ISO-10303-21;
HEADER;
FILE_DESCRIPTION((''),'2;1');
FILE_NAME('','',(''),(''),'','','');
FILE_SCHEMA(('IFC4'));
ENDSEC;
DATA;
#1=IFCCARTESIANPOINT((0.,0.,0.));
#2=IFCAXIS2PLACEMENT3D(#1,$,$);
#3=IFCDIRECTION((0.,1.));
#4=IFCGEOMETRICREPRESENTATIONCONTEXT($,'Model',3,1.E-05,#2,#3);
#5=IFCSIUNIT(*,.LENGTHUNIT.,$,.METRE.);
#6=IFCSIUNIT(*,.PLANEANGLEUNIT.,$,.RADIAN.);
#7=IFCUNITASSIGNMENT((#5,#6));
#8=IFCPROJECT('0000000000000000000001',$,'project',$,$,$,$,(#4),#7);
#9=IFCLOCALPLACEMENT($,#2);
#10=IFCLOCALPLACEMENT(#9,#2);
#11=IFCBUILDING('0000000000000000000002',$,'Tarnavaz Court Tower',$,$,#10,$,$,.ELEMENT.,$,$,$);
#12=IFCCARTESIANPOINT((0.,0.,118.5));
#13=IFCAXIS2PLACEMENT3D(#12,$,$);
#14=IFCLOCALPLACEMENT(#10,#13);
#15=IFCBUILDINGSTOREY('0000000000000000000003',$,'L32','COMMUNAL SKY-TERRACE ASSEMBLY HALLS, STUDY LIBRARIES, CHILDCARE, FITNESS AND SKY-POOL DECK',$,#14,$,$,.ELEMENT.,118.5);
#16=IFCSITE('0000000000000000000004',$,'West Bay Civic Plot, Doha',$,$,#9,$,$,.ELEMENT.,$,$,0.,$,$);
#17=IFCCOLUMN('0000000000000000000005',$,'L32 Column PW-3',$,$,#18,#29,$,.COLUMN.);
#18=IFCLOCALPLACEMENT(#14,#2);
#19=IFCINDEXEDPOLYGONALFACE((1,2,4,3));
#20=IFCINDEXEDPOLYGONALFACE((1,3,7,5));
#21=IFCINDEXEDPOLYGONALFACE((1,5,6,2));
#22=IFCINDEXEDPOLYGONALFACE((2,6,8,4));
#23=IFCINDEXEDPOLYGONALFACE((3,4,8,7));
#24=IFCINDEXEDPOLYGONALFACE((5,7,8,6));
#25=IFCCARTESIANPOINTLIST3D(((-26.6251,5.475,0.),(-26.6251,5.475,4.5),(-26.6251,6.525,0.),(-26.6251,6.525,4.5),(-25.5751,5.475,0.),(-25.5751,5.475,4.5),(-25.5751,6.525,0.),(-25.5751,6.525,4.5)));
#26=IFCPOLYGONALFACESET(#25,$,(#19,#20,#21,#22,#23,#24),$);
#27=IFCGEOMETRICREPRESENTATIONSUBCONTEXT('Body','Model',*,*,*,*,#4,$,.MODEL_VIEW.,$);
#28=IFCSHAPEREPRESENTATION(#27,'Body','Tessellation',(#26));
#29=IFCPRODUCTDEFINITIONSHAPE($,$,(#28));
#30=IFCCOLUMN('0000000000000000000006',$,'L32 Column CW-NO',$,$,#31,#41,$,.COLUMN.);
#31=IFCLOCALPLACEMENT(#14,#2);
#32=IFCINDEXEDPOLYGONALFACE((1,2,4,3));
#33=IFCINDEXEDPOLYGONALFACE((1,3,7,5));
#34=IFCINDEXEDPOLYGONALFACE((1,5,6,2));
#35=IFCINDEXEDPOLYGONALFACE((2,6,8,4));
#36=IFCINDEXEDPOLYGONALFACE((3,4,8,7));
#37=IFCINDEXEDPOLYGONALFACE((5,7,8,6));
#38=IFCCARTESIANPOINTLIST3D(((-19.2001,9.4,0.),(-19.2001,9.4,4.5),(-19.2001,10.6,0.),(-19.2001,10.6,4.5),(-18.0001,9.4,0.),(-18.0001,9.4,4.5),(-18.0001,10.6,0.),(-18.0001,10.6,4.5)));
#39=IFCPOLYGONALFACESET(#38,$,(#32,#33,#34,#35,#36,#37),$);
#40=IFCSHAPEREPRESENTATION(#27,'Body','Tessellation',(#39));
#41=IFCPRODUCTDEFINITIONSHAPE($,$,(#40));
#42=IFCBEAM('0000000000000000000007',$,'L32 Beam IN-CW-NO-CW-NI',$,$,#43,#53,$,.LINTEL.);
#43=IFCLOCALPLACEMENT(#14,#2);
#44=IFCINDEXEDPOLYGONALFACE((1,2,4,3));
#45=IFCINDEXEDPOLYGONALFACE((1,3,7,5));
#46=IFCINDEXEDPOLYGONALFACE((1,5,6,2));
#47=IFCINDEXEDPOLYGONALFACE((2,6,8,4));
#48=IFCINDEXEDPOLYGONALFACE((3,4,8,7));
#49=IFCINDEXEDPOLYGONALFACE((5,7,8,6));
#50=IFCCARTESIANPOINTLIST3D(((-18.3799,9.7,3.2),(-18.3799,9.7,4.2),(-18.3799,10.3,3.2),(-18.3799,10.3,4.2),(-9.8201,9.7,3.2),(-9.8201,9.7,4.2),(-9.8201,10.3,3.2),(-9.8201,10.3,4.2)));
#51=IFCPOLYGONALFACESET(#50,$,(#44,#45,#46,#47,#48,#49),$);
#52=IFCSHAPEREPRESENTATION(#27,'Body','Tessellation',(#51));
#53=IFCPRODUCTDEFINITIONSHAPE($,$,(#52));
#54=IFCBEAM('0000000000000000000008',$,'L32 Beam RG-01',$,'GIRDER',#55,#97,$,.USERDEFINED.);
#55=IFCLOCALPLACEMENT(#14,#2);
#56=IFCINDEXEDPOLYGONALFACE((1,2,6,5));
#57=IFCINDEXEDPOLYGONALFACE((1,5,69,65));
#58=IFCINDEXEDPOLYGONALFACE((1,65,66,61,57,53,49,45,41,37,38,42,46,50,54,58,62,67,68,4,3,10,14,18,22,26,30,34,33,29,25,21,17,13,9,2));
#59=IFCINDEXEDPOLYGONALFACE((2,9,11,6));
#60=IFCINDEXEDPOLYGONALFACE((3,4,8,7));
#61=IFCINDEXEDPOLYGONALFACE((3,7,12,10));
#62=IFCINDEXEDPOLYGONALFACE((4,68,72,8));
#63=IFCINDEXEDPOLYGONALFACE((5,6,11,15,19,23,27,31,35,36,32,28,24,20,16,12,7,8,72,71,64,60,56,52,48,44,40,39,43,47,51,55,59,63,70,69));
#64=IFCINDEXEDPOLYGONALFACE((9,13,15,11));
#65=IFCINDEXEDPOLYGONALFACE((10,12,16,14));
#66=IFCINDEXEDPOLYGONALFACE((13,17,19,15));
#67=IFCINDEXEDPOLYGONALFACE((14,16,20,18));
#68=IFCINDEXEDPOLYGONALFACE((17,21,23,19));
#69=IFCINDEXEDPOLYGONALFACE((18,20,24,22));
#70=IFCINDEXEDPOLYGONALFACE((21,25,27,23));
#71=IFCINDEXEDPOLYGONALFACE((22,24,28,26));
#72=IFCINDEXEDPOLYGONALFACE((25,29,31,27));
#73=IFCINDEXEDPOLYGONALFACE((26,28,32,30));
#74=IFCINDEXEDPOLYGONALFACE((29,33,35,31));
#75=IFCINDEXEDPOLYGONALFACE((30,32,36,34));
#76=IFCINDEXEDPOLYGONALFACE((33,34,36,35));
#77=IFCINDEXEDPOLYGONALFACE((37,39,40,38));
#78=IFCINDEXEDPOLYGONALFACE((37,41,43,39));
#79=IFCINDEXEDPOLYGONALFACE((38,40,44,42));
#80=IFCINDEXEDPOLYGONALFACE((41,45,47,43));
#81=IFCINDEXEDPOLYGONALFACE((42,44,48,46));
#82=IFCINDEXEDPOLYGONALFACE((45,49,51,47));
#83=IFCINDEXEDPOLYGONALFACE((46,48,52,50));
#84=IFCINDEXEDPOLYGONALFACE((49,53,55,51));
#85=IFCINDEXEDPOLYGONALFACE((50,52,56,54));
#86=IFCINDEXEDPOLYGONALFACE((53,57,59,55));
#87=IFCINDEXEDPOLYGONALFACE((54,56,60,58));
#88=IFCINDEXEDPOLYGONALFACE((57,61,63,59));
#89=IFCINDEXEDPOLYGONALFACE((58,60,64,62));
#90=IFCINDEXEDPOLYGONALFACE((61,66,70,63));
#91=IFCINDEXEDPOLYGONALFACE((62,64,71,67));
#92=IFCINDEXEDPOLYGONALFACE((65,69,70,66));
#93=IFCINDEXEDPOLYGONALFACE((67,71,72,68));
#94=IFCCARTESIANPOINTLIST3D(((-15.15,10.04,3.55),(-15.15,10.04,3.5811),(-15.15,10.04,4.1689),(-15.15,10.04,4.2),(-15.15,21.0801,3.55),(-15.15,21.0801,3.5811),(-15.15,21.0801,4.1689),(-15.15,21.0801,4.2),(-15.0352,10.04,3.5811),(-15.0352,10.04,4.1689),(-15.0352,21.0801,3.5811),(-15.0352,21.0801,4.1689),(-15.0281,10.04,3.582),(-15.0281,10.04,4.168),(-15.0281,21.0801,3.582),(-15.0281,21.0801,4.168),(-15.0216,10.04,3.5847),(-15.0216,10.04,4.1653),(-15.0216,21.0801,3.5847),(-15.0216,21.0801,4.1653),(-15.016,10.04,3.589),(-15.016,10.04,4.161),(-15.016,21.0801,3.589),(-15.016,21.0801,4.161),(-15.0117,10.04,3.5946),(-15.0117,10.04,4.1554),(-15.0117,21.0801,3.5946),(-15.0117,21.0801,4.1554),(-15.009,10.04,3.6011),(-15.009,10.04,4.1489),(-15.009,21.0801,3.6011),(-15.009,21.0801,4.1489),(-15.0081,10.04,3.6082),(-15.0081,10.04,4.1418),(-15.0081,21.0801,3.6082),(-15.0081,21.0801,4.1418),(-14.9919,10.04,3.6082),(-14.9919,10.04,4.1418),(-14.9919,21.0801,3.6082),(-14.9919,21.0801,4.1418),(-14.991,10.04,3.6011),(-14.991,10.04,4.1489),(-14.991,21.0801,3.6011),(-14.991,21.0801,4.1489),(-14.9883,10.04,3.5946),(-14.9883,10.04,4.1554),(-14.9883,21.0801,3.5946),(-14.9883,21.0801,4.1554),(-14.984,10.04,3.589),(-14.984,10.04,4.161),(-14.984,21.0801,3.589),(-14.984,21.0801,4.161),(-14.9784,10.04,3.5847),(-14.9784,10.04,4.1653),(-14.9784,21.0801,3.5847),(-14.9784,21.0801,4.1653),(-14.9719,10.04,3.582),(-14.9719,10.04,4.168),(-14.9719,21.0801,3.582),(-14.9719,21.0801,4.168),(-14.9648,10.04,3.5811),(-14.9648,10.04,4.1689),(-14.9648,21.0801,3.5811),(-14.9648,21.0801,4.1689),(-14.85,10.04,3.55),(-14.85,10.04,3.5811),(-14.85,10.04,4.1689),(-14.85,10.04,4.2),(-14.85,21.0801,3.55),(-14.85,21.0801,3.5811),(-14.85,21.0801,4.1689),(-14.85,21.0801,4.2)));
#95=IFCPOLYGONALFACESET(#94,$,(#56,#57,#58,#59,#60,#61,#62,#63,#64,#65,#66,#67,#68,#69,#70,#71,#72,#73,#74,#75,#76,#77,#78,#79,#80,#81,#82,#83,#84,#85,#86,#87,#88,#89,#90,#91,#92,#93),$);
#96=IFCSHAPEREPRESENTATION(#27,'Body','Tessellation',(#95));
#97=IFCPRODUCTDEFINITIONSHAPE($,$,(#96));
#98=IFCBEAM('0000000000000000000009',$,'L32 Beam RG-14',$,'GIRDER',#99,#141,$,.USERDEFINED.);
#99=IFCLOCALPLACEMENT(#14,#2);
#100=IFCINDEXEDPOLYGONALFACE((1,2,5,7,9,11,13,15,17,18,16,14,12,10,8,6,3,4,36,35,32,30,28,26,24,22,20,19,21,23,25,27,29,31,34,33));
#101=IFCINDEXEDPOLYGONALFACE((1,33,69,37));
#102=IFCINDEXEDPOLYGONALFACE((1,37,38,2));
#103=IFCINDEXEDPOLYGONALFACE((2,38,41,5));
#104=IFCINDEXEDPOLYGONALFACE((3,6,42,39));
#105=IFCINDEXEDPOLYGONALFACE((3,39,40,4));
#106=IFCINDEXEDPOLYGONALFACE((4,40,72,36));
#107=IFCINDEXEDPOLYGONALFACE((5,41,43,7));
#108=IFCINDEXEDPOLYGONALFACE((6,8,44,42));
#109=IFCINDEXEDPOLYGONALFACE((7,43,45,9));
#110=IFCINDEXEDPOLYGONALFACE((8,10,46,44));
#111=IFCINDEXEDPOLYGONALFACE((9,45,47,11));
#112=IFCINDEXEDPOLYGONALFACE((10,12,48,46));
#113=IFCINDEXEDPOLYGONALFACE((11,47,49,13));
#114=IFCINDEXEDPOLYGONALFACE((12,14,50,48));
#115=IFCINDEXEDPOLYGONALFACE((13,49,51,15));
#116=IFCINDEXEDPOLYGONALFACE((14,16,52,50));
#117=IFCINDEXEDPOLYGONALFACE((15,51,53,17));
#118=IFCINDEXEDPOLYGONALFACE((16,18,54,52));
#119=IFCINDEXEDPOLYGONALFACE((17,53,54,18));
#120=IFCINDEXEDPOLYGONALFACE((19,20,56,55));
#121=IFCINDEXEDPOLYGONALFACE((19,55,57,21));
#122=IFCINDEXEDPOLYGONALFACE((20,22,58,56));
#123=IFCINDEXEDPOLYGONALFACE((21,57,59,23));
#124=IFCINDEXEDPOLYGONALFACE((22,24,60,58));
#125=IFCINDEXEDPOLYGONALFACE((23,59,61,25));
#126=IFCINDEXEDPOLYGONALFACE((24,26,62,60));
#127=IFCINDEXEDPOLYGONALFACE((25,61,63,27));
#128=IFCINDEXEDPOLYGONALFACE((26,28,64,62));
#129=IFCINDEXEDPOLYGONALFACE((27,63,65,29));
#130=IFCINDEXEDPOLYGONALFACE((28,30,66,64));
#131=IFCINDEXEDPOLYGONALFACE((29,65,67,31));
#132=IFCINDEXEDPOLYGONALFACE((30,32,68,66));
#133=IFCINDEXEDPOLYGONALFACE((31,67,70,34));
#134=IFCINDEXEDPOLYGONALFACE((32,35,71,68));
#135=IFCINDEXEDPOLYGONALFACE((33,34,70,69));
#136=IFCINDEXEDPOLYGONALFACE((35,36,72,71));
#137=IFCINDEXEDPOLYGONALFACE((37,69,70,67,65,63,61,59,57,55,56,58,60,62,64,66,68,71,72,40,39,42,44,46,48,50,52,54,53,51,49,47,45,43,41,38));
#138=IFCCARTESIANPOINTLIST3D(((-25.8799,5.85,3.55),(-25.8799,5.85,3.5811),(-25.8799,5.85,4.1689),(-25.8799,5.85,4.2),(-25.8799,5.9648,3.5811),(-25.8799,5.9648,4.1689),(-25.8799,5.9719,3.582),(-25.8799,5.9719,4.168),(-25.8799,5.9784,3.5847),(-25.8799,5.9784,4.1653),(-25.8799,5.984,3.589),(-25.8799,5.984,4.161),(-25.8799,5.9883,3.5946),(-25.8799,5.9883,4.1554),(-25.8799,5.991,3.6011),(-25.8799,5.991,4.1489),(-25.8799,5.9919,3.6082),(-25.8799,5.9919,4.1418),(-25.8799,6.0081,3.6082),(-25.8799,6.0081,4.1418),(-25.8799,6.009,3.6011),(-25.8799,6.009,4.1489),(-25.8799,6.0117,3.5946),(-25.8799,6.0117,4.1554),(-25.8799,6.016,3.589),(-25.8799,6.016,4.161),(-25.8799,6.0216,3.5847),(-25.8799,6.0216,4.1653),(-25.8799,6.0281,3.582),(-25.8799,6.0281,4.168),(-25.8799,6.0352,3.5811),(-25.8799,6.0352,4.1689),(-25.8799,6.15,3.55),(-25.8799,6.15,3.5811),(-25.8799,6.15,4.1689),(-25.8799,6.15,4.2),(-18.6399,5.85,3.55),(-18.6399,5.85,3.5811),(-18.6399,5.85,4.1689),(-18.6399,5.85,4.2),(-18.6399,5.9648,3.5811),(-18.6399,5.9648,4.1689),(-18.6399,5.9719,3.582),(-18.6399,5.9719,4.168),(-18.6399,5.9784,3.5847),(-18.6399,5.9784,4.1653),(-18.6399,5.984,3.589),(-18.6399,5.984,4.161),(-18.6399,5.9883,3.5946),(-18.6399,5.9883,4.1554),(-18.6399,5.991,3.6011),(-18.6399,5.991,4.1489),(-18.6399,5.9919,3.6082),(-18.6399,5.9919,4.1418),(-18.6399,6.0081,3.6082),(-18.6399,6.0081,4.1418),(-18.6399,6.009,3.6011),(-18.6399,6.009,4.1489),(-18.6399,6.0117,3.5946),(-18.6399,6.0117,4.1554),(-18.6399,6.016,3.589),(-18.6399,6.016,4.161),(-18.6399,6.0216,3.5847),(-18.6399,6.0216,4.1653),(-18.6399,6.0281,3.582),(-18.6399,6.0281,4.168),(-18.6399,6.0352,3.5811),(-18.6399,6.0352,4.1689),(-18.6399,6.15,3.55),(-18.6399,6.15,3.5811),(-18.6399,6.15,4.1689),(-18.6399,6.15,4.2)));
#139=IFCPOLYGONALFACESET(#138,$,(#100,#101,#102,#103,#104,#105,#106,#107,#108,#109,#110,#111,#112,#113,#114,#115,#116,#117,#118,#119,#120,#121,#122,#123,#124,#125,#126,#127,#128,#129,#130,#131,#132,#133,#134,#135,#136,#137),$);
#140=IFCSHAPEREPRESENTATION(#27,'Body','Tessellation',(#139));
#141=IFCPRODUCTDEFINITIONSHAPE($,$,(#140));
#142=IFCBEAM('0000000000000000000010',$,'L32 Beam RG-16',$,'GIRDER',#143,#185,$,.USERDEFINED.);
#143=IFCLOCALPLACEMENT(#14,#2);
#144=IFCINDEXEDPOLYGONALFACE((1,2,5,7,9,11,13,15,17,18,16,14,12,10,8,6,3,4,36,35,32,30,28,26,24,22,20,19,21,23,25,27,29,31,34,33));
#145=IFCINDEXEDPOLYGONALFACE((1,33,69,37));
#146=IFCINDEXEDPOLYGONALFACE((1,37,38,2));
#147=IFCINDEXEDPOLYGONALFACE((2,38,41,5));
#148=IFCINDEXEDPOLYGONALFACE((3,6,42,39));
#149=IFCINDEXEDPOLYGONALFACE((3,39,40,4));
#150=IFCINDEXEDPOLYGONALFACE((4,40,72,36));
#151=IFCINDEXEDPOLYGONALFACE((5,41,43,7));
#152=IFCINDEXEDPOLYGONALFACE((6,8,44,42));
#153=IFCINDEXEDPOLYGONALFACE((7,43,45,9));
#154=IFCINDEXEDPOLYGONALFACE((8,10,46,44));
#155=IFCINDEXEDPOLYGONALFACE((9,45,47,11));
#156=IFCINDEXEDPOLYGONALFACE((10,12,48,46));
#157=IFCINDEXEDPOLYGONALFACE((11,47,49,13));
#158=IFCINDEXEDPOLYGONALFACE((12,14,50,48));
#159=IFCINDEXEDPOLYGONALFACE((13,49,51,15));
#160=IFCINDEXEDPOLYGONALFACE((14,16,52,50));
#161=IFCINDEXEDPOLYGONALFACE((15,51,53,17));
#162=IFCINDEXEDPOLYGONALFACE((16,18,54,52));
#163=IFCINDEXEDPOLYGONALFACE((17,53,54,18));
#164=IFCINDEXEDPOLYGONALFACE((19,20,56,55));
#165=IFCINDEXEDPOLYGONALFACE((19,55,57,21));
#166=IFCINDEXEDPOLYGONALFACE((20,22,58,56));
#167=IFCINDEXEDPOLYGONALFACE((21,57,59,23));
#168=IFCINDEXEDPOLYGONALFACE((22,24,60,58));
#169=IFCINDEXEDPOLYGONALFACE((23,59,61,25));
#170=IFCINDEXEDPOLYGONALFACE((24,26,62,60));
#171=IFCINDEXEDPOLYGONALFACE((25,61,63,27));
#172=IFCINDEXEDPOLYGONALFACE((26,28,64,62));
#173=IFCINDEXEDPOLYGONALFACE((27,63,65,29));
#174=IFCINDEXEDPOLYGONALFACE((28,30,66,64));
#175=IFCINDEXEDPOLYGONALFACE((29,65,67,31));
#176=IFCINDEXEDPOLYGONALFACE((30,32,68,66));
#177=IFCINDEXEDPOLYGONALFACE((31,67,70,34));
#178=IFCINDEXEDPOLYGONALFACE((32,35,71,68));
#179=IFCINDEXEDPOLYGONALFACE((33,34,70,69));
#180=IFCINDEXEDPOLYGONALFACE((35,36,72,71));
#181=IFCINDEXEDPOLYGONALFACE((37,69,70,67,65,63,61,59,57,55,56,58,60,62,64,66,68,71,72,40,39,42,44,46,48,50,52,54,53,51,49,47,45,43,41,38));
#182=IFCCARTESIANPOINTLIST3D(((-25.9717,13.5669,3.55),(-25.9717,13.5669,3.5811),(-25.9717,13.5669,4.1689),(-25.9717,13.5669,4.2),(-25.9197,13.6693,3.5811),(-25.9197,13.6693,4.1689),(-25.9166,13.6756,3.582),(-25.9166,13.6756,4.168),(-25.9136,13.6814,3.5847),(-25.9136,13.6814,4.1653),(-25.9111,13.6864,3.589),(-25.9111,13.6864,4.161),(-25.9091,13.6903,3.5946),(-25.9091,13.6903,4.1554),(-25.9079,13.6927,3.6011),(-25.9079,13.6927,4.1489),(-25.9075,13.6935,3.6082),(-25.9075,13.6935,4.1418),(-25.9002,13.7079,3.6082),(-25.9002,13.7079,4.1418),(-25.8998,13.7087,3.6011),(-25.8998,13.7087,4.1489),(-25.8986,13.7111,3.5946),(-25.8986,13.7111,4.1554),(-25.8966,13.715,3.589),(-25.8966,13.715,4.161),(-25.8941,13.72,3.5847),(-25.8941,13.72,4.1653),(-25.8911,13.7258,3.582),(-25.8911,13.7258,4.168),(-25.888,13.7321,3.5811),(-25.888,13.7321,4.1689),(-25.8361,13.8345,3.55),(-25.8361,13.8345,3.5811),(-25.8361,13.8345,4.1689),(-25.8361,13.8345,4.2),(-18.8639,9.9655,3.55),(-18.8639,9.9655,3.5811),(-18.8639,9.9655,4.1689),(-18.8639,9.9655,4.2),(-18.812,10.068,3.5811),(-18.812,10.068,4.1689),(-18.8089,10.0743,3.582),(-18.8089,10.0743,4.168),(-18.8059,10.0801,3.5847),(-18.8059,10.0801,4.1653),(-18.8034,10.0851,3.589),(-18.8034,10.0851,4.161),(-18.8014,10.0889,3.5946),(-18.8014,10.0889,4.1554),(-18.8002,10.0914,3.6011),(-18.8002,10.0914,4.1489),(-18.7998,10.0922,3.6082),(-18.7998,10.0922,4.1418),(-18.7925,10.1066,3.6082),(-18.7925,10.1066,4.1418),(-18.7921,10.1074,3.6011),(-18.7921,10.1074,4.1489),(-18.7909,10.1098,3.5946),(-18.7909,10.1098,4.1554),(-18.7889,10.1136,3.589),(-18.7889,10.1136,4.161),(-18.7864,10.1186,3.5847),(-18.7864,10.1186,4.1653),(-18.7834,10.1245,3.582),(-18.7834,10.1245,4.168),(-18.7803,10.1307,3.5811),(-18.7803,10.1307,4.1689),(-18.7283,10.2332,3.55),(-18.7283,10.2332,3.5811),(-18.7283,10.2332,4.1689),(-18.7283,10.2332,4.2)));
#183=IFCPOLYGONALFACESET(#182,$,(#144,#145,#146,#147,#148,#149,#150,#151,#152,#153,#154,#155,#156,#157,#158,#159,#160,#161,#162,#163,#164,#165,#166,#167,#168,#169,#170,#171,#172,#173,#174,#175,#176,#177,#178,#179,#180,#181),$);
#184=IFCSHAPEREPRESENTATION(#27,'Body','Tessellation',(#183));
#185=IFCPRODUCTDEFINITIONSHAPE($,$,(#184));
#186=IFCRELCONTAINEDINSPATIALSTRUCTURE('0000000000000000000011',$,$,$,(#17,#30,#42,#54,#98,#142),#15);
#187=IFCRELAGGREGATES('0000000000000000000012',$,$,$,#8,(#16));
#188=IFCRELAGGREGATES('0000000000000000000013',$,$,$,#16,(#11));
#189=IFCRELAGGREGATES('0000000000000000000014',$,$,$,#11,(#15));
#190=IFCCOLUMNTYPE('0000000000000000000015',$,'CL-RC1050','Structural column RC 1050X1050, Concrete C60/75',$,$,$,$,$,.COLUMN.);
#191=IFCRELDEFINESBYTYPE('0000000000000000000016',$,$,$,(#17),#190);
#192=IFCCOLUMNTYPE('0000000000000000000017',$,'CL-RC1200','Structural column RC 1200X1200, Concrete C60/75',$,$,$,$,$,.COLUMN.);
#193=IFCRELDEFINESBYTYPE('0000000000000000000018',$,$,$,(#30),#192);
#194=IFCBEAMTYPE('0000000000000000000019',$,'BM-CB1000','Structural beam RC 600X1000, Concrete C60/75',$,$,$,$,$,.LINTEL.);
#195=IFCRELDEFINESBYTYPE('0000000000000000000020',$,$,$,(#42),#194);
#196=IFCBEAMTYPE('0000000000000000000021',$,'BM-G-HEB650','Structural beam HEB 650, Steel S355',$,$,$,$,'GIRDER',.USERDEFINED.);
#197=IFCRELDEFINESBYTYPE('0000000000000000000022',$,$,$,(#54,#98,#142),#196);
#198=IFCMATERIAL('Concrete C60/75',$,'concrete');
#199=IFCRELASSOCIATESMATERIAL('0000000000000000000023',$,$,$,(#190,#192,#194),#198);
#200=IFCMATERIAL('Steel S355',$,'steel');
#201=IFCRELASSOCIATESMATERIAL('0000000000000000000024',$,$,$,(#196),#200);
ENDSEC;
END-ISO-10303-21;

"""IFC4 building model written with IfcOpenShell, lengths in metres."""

from ifc_helpers import new_model, si_unit, direction, frame, origin, origin_2d, place, context, subcontext, project, spatial, rectangle, i_section, extrude, material, material_profile, profile_set, type_object, element, save


model = new_model("IFC4")

# Units and contexts
model_context = context("Model", 3, precision=1e-05, world=origin(), true_north=direction((0.0, 1.0)))
body_context = subcontext(model_context, "Body", "Model", "MODEL_VIEW")
ifc_project = project(units=[si_unit("LENGTHUNIT", "METRE"), si_unit("PLANEANGLEUNIT", "RADIAN")], contexts=[model_context])

# Site, building, storey
site_placement = place(None, origin())
site = spatial("IfcSite", under=ifc_project, at=site_placement, Name="West Bay Civic Plot, Doha", CompositionType="ELEMENT", RefElevation=0.0)
building_placement = place(site_placement, origin())
building = spatial("IfcBuilding", under=site, at=building_placement, Name="Tarnavaz Court Tower", CompositionType="ELEMENT")
storey_placement = place(building_placement, frame((0.0, 0.0, 118.5)))
storey = spatial("IfcBuildingStorey", under=building, at=storey_placement, Name="L32", Description="COMMUNAL SKY-TERRACE ASSEMBLY HALLS, STUDY LIBRARIES, CHILDCARE, FITNESS AND SKY-POOL DECK", CompositionType="ELEMENT", Elevation=118.5)

# Columns
ifc_material_1 = material(Name="Concrete C60/75", Category="concrete")
ifc_material_profile_1 = material_profile(ifc_material_1, rectangle(XDim=1.05, YDim=1.05, at=origin_2d()), Name="RC 1050X1050")
ifc_profile_set_1 = profile_set([ifc_material_profile_1], Name="Concrete C60/75")
column_type_1 = type_object("IfcColumnType", Name="CL-RC1050", Description="Structural column RC 1050X1050, Concrete C60/75", PredefinedType="COLUMN", material=ifc_profile_set_1)
column_1_placement = place(storey_placement, frame((-26.1001, 6.0, 0.0), z_axis=(0.0, 0.0, 1.0), x_axis=(1.0, 0.0, 0.0)))
element("IfcColumn", 1, at=column_1_placement, inside=storey, type_object=column_type_1, Name="L32 Column PW-3", PredefinedType="COLUMN", context=body_context, shape_type="SweptSolid", body=[
    extrude(rectangle(XDim=1.05, YDim=1.05, at=origin_2d()), origin(), (0.0, 0.0, 1.0), 4.5),
])
ifc_material_profile_2 = material_profile(ifc_material_1, rectangle(XDim=1.2, YDim=1.2, at=origin_2d()), Name="RC 1200X1200")
ifc_profile_set_2 = profile_set([ifc_material_profile_2], Name="Concrete C60/75")
column_type_2 = type_object("IfcColumnType", Name="CL-RC1200", Description="Structural column RC 1200X1200, Concrete C60/75", PredefinedType="COLUMN", material=ifc_profile_set_2)
column_2_placement = place(storey_placement, frame((-18.6001, 10.0, 0.0), z_axis=(0.0, 0.0, 1.0), x_axis=(1.0, 0.0, 0.0)))
element("IfcColumn", 2, at=column_2_placement, inside=storey, type_object=column_type_2, Name="L32 Column CW-NO", PredefinedType="COLUMN", context=body_context, shape_type="SweptSolid", body=[
    extrude(rectangle(XDim=1.2, YDim=1.2, at=origin_2d()), origin(), (0.0, 0.0, 1.0), 4.5),
])

# Beams
ifc_material_profile_3 = material_profile(ifc_material_1, rectangle(XDim=0.6001, YDim=1.0, at=origin_2d()), Name="RC 600X1000")
ifc_profile_set_3 = profile_set([ifc_material_profile_3], Name="Concrete C60/75")
beam_type_1 = type_object("IfcBeamType", Name="BM-CB1000", Description="Structural beam RC 600X1000, Concrete C60/75", PredefinedType="LINTEL", material=ifc_profile_set_3)
beam_1_placement = place(storey_placement, frame((-18.3799, 10.0, 3.7), z_axis=(1.0, 0.0, 0.0), x_axis=(0.0, 1.0, 0.0)))
element("IfcBeam", 3, at=beam_1_placement, inside=storey, type_object=beam_type_1, Name="L32 Beam IN-CW-NO-CW-NI", PredefinedType="LINTEL", context=body_context, shape_type="SweptSolid", body=[
    extrude(rectangle(XDim=0.6001, YDim=1.0, at=origin_2d()), origin(), (0.0, 0.0, 1.0), 8.5598),
])
ifc_material_2 = material(Name="Steel S355", Category="steel")
ifc_material_profile_4 = material_profile(ifc_material_2, i_section(OverallWidth=0.3, OverallDepth=0.6499, WebThickness=0.0161, FlangeThickness=0.031, FilletRadius=0.0271, at=origin_2d()), Name="HEB 650")
ifc_profile_set_4 = profile_set([ifc_material_profile_4], Name="Steel S355")
beam_type_2 = type_object("IfcBeamType", Name="BM-G-HEB650", Description="Structural beam HEB 650, Steel S355", ElementType="GIRDER", PredefinedType="USERDEFINED", material=ifc_profile_set_4)
beam_2_placement = place(storey_placement, frame((-15.0, 10.04, 3.875), z_axis=(0.0, 1.0, 0.0), x_axis=(-1.0, 0.0, 0.0)))
element("IfcBeam", 4, at=beam_2_placement, inside=storey, type_object=beam_type_2, Name="L32 Beam RG-01", ObjectType="GIRDER", PredefinedType="USERDEFINED", context=body_context, shape_type="SweptSolid", body=[
    extrude(i_section(OverallWidth=0.3, OverallDepth=0.6499, WebThickness=0.0161, FlangeThickness=0.031, FilletRadius=0.0271, at=origin_2d()), origin(), (0.0, 0.0, 1.0), 11.04),
])
beam_3_placement = place(storey_placement, frame((-18.6399, 6.0, 3.875), z_axis=(-1.0, 0.0, 0.0), x_axis=(0.0, -1.0, 0.0)))
element("IfcBeam", 5, at=beam_3_placement, inside=storey, type_object=beam_type_2, Name="L32 Beam RG-14", ObjectType="GIRDER", PredefinedType="USERDEFINED", context=body_context, shape_type="SweptSolid", body=[
    extrude(i_section(OverallWidth=0.3, OverallDepth=0.6499, WebThickness=0.0161, FlangeThickness=0.031, FilletRadius=0.0271, at=origin_2d()), origin(), (0.0, 0.0, 1.0), 7.24),
])
beam_4_placement = place(storey_placement, frame((-18.7961, 10.0994, 3.875), z_axis=(-0.892031, 0.451975, 0.0), x_axis=(-0.451975, -0.892031, 0.0)))
element("IfcBeam", 6, at=beam_4_placement, inside=storey, type_object=beam_type_2, Name="L32 Beam RG-16", ObjectType="GIRDER", PredefinedType="USERDEFINED", context=body_context, shape_type="SweptSolid", body=[
    extrude(i_section(OverallWidth=0.3, OverallDepth=0.6499, WebThickness=0.0161, FlangeThickness=0.031, FilletRadius=0.0271, at=origin_2d()), origin(), (0.0, 0.0, 1.0), 7.968),
])

save(model, "model.ifc")
